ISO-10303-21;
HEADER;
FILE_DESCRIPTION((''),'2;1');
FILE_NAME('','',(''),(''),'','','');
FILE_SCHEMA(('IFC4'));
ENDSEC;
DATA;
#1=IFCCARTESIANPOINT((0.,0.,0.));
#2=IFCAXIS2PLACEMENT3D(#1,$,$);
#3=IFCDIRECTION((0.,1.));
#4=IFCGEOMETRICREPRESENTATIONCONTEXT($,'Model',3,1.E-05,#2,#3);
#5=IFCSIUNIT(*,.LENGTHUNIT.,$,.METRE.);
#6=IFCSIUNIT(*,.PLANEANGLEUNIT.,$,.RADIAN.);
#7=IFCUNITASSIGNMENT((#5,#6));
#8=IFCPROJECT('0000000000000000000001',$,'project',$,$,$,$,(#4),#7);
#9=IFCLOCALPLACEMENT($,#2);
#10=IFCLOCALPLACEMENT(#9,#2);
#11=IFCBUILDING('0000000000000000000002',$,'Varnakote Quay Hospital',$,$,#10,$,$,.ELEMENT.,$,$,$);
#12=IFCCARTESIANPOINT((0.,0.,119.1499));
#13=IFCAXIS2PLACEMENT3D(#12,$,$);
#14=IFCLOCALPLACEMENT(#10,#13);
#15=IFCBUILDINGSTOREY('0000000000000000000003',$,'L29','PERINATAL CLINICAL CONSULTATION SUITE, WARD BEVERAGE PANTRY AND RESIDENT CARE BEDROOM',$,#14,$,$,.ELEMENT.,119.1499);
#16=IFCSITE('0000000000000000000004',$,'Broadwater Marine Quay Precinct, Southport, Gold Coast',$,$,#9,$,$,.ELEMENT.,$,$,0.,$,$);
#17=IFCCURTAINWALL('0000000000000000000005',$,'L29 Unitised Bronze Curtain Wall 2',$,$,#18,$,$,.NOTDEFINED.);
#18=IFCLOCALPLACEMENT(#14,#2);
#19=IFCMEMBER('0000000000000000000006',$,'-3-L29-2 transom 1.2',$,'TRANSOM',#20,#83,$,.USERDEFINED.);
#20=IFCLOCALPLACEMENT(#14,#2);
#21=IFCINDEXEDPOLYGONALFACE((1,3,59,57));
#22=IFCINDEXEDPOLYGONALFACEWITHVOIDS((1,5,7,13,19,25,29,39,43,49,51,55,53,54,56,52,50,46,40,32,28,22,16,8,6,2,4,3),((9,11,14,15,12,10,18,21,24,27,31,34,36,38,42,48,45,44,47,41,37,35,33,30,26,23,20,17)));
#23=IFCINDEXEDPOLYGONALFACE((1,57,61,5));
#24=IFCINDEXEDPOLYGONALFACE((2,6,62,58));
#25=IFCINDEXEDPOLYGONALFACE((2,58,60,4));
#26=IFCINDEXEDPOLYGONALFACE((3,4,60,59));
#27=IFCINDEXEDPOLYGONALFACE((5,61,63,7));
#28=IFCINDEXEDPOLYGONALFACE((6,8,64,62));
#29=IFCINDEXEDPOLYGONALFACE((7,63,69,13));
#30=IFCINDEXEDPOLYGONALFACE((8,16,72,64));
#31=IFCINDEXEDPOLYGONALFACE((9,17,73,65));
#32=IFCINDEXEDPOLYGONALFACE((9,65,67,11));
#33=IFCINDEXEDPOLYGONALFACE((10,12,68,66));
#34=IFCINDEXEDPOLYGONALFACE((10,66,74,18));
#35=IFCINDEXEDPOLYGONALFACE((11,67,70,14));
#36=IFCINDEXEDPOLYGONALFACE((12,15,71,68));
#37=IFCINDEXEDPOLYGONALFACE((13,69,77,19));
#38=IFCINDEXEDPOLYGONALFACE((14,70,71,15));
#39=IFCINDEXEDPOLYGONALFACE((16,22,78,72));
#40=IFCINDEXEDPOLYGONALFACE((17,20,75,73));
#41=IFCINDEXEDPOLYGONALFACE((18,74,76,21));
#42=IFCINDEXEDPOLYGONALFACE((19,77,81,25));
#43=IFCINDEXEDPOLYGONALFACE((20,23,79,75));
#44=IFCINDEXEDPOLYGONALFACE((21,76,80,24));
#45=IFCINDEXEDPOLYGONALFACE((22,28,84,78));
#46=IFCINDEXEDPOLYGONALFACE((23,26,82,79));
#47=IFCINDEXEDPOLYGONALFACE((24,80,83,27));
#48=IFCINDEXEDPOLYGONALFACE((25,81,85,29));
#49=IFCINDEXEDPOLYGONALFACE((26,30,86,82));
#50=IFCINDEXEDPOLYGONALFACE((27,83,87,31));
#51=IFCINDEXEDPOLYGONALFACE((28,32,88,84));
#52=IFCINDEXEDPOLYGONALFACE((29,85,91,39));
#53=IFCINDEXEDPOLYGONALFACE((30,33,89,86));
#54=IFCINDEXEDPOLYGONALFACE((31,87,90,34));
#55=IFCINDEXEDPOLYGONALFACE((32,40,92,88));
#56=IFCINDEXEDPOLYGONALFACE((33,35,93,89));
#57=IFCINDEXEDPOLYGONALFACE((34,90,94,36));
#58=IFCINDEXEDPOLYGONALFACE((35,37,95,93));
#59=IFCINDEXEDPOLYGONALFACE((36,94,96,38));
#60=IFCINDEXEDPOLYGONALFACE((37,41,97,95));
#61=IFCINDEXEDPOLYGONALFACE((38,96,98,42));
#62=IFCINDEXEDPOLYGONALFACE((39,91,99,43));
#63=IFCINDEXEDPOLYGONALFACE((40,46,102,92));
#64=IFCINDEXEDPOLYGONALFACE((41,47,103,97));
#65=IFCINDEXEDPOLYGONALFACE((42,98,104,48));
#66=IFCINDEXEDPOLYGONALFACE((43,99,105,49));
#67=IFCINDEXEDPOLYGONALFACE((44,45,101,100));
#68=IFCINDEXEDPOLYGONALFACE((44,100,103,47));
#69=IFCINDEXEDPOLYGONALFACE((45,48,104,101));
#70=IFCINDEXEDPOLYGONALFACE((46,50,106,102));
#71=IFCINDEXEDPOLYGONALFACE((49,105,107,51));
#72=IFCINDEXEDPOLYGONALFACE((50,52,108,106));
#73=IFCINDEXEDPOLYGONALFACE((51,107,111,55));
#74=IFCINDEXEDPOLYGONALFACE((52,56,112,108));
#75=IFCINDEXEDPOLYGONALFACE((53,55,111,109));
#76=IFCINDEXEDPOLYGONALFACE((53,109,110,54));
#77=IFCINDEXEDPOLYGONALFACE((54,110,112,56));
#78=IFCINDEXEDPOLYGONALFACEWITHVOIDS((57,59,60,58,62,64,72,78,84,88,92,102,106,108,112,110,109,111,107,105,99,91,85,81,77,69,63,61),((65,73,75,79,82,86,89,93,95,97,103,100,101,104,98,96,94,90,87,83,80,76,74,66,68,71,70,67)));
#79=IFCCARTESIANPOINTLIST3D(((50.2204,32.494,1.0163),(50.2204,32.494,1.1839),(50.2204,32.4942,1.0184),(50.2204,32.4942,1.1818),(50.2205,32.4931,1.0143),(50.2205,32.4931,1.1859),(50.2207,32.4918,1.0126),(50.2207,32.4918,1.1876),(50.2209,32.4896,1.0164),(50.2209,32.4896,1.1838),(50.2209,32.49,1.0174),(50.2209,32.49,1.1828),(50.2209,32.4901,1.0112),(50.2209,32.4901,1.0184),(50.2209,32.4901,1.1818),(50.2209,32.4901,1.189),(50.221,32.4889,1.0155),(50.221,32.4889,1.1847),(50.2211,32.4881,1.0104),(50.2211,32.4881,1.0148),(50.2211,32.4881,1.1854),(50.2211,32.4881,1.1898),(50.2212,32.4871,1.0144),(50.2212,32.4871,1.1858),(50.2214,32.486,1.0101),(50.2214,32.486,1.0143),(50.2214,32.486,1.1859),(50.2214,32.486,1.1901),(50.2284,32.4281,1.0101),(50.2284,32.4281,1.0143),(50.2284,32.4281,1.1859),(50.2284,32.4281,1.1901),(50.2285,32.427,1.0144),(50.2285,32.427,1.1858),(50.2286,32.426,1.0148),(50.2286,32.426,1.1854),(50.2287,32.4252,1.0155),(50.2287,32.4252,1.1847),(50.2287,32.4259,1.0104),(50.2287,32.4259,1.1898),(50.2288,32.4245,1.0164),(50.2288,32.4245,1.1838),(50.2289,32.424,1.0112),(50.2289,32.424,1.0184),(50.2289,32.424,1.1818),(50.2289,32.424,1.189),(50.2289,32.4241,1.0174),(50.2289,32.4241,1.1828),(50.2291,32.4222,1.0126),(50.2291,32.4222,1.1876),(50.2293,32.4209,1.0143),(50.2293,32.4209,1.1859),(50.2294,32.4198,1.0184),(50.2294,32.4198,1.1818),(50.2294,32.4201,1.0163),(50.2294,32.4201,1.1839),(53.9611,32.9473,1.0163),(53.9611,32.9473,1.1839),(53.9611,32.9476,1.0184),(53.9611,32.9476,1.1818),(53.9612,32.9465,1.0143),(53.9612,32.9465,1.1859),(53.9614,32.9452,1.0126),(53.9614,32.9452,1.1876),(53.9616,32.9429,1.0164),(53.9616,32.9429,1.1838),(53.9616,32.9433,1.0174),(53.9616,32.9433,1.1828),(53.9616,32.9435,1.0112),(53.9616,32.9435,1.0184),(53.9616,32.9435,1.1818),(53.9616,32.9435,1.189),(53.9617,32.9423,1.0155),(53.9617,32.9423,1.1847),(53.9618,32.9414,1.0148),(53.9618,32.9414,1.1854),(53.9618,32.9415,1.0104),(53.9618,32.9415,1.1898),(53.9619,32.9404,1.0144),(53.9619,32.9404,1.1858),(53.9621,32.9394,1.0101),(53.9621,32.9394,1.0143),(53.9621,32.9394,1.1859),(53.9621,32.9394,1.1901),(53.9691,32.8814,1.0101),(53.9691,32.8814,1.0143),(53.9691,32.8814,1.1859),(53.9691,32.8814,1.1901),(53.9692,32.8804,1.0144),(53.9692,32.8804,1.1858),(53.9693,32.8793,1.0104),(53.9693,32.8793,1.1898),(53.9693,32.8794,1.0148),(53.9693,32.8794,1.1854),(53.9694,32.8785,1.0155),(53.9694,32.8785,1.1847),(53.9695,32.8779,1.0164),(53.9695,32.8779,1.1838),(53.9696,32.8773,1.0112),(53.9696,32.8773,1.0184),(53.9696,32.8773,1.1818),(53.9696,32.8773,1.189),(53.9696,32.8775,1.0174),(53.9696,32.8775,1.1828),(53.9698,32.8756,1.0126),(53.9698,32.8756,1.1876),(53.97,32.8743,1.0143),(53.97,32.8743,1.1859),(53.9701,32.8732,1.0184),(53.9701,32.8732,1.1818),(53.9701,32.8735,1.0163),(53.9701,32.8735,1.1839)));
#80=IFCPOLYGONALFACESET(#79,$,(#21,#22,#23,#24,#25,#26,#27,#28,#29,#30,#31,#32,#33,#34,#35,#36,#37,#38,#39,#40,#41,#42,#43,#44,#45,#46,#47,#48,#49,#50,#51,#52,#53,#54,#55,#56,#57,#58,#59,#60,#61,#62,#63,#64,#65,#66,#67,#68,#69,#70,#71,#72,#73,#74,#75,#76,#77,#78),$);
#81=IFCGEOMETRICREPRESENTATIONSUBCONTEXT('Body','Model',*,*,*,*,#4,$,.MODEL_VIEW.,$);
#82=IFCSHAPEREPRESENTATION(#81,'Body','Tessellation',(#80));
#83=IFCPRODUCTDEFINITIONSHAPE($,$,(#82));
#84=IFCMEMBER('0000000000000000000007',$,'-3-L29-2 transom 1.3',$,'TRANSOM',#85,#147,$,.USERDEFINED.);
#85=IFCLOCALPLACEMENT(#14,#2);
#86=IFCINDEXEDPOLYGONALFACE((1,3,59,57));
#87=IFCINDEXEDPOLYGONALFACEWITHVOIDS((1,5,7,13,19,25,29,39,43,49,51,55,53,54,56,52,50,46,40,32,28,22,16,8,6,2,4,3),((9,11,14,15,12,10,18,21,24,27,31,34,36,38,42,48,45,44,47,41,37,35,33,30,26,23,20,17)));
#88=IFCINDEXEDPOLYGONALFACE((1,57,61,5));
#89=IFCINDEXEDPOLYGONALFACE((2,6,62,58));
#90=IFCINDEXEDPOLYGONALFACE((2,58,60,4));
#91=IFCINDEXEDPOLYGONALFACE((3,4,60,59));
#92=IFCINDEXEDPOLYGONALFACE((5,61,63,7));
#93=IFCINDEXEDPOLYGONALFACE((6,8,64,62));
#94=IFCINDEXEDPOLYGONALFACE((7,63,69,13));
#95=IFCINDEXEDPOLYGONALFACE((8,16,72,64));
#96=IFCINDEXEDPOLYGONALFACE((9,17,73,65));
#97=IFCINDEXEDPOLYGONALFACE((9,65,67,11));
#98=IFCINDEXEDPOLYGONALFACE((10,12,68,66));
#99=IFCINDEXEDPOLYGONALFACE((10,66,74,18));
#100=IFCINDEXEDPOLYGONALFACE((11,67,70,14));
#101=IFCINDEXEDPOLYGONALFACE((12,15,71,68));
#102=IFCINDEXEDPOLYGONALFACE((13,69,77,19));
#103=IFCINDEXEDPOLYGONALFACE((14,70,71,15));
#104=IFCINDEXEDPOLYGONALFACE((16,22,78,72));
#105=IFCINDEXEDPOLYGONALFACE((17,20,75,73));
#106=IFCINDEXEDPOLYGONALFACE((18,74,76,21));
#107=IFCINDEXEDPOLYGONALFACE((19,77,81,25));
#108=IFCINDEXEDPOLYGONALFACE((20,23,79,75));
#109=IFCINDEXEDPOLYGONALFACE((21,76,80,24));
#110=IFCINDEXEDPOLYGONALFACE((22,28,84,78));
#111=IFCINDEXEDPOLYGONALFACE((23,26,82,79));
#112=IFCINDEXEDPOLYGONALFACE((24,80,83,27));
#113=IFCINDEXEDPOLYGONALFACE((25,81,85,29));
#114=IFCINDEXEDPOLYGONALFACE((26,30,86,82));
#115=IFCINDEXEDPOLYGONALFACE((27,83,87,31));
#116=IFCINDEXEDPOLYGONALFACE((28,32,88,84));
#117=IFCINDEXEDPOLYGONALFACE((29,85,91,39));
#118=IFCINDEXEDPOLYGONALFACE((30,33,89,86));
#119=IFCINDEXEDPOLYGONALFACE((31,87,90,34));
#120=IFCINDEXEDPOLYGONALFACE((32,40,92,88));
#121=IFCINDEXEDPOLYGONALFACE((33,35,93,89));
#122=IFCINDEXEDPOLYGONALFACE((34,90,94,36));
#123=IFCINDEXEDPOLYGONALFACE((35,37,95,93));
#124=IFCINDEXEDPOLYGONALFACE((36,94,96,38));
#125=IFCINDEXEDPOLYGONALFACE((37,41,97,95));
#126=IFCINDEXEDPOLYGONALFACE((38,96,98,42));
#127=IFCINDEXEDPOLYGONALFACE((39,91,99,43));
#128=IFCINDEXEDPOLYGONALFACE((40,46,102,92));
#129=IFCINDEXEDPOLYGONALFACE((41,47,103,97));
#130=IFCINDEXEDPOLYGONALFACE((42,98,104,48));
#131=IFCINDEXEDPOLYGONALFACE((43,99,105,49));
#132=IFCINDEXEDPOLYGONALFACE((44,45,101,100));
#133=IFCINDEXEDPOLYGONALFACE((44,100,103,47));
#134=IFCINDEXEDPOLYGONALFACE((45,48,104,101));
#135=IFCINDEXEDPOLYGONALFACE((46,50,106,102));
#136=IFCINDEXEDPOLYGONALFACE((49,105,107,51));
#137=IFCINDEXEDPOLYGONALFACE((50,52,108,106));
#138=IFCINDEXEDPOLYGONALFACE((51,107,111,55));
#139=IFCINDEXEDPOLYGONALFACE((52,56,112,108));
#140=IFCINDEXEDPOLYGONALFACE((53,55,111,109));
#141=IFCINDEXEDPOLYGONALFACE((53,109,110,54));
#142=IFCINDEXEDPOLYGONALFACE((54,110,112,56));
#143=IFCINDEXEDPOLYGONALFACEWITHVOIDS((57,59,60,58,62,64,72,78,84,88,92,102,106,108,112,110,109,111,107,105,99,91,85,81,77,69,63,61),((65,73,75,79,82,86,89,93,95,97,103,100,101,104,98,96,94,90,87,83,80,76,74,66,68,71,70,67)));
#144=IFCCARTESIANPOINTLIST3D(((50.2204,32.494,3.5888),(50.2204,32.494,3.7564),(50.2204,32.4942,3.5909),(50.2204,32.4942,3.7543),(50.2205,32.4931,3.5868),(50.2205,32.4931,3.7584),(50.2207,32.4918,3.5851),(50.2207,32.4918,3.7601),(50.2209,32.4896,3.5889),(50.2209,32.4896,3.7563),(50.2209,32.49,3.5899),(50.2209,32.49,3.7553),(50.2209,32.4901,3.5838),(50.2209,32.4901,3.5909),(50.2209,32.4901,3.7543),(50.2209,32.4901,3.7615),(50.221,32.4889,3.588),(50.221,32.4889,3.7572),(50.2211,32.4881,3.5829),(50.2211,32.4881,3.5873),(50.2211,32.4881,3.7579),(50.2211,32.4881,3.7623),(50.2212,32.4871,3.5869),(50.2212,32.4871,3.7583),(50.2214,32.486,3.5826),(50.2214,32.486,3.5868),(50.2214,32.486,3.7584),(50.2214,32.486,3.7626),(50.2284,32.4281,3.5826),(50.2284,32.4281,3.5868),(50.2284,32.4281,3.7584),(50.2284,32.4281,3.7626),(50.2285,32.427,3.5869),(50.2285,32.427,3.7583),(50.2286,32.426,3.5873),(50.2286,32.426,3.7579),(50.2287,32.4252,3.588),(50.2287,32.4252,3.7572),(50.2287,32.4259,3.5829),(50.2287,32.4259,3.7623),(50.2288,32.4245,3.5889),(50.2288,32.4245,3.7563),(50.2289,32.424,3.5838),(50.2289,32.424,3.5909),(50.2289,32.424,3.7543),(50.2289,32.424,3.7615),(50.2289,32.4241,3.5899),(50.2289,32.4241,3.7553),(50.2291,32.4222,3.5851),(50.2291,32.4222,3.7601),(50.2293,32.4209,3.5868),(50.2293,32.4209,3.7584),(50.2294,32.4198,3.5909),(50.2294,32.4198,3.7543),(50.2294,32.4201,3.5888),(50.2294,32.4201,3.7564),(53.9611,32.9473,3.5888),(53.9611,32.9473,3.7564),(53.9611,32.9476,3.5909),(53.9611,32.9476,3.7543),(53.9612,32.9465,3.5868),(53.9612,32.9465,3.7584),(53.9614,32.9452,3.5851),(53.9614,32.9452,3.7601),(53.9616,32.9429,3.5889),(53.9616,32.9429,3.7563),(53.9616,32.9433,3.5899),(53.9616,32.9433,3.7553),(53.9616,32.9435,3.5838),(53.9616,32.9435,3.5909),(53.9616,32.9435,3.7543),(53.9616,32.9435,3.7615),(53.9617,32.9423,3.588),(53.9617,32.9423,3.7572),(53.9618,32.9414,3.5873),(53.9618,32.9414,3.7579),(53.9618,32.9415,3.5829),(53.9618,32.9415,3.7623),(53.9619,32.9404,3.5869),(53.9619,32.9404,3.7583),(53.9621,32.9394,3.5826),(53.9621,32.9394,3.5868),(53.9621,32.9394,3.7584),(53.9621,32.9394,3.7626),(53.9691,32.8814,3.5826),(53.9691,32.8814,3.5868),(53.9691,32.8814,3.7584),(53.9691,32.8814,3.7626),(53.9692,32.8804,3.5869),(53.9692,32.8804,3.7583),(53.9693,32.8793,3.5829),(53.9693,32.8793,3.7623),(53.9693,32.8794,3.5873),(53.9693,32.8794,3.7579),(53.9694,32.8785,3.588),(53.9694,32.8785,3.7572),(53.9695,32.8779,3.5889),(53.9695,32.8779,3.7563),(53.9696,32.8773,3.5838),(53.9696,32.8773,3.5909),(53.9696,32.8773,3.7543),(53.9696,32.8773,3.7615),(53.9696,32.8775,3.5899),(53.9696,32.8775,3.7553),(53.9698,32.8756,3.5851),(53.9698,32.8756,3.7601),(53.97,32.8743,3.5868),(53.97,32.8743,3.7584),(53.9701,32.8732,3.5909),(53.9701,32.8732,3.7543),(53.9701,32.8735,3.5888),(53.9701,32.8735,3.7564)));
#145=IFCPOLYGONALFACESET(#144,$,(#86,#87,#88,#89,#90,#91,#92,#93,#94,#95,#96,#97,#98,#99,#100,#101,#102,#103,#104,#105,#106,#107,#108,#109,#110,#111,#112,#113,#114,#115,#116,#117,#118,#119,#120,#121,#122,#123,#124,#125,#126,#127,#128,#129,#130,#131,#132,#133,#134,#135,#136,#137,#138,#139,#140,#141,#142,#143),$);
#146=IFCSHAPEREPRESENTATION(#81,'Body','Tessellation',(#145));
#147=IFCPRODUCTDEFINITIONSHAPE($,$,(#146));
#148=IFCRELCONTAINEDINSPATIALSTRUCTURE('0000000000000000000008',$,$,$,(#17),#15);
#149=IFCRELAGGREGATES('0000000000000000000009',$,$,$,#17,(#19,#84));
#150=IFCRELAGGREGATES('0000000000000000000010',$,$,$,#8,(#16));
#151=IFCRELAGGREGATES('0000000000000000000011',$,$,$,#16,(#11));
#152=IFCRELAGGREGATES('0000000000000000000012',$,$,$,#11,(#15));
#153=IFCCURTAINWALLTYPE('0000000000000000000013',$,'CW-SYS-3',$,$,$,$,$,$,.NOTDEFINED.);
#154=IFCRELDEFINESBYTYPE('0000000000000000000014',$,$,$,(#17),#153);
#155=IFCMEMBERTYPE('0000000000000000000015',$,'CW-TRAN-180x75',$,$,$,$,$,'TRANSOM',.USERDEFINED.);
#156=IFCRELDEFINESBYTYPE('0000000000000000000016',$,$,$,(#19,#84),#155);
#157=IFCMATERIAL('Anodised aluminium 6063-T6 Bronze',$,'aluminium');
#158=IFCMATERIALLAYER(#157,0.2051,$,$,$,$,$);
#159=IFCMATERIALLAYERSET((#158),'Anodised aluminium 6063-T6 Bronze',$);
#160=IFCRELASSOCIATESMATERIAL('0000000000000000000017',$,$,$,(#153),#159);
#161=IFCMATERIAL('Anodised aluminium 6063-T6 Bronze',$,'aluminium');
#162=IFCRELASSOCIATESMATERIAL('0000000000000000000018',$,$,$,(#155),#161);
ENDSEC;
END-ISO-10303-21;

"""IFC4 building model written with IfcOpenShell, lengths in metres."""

from ifc_helpers import new_model, si_unit, direction, frame, origin, origin_2d, place, context, subcontext, project, spatial, hollow_rectangle, extrude, material, layer, layer_set, material_profile, profile_set, type_object, element, aggregate, save


model = new_model("IFC4")

# Units and contexts
model_context = context("Model", 3, precision=1e-05, world=origin(), true_north=direction((0.0, 1.0)))
body_context = subcontext(model_context, "Body", "Model", "MODEL_VIEW")
ifc_project = project(units=[si_unit("LENGTHUNIT", "METRE"), si_unit("PLANEANGLEUNIT", "RADIAN")], contexts=[model_context])

# Site, building, storey
site_placement = place(None, origin())
site = spatial("IfcSite", under=ifc_project, at=site_placement, Name="Broadwater Marine Quay Precinct, Southport, Gold Coast", CompositionType="ELEMENT", RefElevation=0.0)
building_placement = place(site_placement, origin())
building = spatial("IfcBuilding", under=site, at=building_placement, Name="Varnakote Quay Hospital", CompositionType="ELEMENT")
storey_placement = place(building_placement, frame((0.0, 0.0, 119.1499)))
storey = spatial("IfcBuildingStorey", under=building, at=storey_placement, Name="L29", Description="PERINATAL CLINICAL CONSULTATION SUITE, WARD BEVERAGE PANTRY AND RESIDENT CARE BEDROOM", CompositionType="ELEMENT", Elevation=119.1499)

# Shared definitions
ifc_material_1 = material(Name="Anodised aluminium 6063-T6 Bronze", Category="aluminium")
ifc_layer_1 = layer(ifc_material_1, 0.2051)
ifc_layer_set_1 = layer_set([ifc_layer_1], Name="Anodised aluminium 6063-T6 Bronze")
curtain_wall_type = type_object("IfcCurtainWallType", Name="CW-SYS-3", PredefinedType="NOTDEFINED", material=ifc_layer_set_1)

# Curtain wall, members
curtain_wall_1_placement = place(storey_placement, origin())
curtain_wall_1 = element("IfcCurtainWall", 1, at=curtain_wall_1_placement, inside=storey, type_object=curtain_wall_type, Name="L29 Unitised Bronze Curtain Wall 2", PredefinedType="NOTDEFINED")
ifc_material_2 = material(Name="Anodised aluminium 6063-T6 Bronze", Category="aluminium")
ifc_material_profile_1 = material_profile(ifc_material_2, hollow_rectangle(XDim=0.075, YDim=0.1799, WallThickness=0.0042, InnerFilletRadius=0.0042, OuterFilletRadius=0.0083, at=origin_2d()), Name="CW-TRAN-180x75")
ifc_profile_set_1 = profile_set([ifc_material_profile_1], Name="Anodised aluminium 6063-T6 Bronze")
member_type_1 = type_object("IfcMemberType", Name="CW-TRAN-180x75", ElementType="TRANSOM", PredefinedType="USERDEFINED", material=ifc_profile_set_1)
member_1_placement = place(storey_placement, frame((53.9656, 32.9104, 1.1001), z_axis=(-0.992735, -0.120318, 0.0), x_axis=(0.120318, -0.992735, 0.0)))
member_1 = element("IfcMember", 2, at=member_1_placement, type_object=member_type_1, Name="-3-L29-2 transom 1.2", ObjectType="TRANSOM", PredefinedType="USERDEFINED", context=body_context, shape_type="SweptSolid", body=[
    extrude(hollow_rectangle(XDim=0.075, YDim=0.1799, WallThickness=0.0042, InnerFilletRadius=0.0042, OuterFilletRadius=0.0083, at=origin_2d()), origin(), (0.0, 0.0, 1.0), 3.7681),
])
member_2_placement = place(storey_placement, frame((53.9656, 32.9104, 3.6726), z_axis=(-0.992735, -0.120318, 0.0), x_axis=(0.120318, -0.992735, 0.0)))
member_2 = element("IfcMember", 3, at=member_2_placement, type_object=member_type_1, Name="-3-L29-2 transom 1.3", ObjectType="TRANSOM", PredefinedType="USERDEFINED", context=body_context, shape_type="SweptSolid", body=[
    extrude(hollow_rectangle(XDim=0.075, YDim=0.1799, WallThickness=0.0042, InnerFilletRadius=0.0042, OuterFilletRadius=0.0083, at=origin_2d()), origin(), (0.0, 0.0, 1.0), 3.7681),
])

aggregate(curtain_wall_1, [member_1, member_2])

save(model, "model.ifc")
